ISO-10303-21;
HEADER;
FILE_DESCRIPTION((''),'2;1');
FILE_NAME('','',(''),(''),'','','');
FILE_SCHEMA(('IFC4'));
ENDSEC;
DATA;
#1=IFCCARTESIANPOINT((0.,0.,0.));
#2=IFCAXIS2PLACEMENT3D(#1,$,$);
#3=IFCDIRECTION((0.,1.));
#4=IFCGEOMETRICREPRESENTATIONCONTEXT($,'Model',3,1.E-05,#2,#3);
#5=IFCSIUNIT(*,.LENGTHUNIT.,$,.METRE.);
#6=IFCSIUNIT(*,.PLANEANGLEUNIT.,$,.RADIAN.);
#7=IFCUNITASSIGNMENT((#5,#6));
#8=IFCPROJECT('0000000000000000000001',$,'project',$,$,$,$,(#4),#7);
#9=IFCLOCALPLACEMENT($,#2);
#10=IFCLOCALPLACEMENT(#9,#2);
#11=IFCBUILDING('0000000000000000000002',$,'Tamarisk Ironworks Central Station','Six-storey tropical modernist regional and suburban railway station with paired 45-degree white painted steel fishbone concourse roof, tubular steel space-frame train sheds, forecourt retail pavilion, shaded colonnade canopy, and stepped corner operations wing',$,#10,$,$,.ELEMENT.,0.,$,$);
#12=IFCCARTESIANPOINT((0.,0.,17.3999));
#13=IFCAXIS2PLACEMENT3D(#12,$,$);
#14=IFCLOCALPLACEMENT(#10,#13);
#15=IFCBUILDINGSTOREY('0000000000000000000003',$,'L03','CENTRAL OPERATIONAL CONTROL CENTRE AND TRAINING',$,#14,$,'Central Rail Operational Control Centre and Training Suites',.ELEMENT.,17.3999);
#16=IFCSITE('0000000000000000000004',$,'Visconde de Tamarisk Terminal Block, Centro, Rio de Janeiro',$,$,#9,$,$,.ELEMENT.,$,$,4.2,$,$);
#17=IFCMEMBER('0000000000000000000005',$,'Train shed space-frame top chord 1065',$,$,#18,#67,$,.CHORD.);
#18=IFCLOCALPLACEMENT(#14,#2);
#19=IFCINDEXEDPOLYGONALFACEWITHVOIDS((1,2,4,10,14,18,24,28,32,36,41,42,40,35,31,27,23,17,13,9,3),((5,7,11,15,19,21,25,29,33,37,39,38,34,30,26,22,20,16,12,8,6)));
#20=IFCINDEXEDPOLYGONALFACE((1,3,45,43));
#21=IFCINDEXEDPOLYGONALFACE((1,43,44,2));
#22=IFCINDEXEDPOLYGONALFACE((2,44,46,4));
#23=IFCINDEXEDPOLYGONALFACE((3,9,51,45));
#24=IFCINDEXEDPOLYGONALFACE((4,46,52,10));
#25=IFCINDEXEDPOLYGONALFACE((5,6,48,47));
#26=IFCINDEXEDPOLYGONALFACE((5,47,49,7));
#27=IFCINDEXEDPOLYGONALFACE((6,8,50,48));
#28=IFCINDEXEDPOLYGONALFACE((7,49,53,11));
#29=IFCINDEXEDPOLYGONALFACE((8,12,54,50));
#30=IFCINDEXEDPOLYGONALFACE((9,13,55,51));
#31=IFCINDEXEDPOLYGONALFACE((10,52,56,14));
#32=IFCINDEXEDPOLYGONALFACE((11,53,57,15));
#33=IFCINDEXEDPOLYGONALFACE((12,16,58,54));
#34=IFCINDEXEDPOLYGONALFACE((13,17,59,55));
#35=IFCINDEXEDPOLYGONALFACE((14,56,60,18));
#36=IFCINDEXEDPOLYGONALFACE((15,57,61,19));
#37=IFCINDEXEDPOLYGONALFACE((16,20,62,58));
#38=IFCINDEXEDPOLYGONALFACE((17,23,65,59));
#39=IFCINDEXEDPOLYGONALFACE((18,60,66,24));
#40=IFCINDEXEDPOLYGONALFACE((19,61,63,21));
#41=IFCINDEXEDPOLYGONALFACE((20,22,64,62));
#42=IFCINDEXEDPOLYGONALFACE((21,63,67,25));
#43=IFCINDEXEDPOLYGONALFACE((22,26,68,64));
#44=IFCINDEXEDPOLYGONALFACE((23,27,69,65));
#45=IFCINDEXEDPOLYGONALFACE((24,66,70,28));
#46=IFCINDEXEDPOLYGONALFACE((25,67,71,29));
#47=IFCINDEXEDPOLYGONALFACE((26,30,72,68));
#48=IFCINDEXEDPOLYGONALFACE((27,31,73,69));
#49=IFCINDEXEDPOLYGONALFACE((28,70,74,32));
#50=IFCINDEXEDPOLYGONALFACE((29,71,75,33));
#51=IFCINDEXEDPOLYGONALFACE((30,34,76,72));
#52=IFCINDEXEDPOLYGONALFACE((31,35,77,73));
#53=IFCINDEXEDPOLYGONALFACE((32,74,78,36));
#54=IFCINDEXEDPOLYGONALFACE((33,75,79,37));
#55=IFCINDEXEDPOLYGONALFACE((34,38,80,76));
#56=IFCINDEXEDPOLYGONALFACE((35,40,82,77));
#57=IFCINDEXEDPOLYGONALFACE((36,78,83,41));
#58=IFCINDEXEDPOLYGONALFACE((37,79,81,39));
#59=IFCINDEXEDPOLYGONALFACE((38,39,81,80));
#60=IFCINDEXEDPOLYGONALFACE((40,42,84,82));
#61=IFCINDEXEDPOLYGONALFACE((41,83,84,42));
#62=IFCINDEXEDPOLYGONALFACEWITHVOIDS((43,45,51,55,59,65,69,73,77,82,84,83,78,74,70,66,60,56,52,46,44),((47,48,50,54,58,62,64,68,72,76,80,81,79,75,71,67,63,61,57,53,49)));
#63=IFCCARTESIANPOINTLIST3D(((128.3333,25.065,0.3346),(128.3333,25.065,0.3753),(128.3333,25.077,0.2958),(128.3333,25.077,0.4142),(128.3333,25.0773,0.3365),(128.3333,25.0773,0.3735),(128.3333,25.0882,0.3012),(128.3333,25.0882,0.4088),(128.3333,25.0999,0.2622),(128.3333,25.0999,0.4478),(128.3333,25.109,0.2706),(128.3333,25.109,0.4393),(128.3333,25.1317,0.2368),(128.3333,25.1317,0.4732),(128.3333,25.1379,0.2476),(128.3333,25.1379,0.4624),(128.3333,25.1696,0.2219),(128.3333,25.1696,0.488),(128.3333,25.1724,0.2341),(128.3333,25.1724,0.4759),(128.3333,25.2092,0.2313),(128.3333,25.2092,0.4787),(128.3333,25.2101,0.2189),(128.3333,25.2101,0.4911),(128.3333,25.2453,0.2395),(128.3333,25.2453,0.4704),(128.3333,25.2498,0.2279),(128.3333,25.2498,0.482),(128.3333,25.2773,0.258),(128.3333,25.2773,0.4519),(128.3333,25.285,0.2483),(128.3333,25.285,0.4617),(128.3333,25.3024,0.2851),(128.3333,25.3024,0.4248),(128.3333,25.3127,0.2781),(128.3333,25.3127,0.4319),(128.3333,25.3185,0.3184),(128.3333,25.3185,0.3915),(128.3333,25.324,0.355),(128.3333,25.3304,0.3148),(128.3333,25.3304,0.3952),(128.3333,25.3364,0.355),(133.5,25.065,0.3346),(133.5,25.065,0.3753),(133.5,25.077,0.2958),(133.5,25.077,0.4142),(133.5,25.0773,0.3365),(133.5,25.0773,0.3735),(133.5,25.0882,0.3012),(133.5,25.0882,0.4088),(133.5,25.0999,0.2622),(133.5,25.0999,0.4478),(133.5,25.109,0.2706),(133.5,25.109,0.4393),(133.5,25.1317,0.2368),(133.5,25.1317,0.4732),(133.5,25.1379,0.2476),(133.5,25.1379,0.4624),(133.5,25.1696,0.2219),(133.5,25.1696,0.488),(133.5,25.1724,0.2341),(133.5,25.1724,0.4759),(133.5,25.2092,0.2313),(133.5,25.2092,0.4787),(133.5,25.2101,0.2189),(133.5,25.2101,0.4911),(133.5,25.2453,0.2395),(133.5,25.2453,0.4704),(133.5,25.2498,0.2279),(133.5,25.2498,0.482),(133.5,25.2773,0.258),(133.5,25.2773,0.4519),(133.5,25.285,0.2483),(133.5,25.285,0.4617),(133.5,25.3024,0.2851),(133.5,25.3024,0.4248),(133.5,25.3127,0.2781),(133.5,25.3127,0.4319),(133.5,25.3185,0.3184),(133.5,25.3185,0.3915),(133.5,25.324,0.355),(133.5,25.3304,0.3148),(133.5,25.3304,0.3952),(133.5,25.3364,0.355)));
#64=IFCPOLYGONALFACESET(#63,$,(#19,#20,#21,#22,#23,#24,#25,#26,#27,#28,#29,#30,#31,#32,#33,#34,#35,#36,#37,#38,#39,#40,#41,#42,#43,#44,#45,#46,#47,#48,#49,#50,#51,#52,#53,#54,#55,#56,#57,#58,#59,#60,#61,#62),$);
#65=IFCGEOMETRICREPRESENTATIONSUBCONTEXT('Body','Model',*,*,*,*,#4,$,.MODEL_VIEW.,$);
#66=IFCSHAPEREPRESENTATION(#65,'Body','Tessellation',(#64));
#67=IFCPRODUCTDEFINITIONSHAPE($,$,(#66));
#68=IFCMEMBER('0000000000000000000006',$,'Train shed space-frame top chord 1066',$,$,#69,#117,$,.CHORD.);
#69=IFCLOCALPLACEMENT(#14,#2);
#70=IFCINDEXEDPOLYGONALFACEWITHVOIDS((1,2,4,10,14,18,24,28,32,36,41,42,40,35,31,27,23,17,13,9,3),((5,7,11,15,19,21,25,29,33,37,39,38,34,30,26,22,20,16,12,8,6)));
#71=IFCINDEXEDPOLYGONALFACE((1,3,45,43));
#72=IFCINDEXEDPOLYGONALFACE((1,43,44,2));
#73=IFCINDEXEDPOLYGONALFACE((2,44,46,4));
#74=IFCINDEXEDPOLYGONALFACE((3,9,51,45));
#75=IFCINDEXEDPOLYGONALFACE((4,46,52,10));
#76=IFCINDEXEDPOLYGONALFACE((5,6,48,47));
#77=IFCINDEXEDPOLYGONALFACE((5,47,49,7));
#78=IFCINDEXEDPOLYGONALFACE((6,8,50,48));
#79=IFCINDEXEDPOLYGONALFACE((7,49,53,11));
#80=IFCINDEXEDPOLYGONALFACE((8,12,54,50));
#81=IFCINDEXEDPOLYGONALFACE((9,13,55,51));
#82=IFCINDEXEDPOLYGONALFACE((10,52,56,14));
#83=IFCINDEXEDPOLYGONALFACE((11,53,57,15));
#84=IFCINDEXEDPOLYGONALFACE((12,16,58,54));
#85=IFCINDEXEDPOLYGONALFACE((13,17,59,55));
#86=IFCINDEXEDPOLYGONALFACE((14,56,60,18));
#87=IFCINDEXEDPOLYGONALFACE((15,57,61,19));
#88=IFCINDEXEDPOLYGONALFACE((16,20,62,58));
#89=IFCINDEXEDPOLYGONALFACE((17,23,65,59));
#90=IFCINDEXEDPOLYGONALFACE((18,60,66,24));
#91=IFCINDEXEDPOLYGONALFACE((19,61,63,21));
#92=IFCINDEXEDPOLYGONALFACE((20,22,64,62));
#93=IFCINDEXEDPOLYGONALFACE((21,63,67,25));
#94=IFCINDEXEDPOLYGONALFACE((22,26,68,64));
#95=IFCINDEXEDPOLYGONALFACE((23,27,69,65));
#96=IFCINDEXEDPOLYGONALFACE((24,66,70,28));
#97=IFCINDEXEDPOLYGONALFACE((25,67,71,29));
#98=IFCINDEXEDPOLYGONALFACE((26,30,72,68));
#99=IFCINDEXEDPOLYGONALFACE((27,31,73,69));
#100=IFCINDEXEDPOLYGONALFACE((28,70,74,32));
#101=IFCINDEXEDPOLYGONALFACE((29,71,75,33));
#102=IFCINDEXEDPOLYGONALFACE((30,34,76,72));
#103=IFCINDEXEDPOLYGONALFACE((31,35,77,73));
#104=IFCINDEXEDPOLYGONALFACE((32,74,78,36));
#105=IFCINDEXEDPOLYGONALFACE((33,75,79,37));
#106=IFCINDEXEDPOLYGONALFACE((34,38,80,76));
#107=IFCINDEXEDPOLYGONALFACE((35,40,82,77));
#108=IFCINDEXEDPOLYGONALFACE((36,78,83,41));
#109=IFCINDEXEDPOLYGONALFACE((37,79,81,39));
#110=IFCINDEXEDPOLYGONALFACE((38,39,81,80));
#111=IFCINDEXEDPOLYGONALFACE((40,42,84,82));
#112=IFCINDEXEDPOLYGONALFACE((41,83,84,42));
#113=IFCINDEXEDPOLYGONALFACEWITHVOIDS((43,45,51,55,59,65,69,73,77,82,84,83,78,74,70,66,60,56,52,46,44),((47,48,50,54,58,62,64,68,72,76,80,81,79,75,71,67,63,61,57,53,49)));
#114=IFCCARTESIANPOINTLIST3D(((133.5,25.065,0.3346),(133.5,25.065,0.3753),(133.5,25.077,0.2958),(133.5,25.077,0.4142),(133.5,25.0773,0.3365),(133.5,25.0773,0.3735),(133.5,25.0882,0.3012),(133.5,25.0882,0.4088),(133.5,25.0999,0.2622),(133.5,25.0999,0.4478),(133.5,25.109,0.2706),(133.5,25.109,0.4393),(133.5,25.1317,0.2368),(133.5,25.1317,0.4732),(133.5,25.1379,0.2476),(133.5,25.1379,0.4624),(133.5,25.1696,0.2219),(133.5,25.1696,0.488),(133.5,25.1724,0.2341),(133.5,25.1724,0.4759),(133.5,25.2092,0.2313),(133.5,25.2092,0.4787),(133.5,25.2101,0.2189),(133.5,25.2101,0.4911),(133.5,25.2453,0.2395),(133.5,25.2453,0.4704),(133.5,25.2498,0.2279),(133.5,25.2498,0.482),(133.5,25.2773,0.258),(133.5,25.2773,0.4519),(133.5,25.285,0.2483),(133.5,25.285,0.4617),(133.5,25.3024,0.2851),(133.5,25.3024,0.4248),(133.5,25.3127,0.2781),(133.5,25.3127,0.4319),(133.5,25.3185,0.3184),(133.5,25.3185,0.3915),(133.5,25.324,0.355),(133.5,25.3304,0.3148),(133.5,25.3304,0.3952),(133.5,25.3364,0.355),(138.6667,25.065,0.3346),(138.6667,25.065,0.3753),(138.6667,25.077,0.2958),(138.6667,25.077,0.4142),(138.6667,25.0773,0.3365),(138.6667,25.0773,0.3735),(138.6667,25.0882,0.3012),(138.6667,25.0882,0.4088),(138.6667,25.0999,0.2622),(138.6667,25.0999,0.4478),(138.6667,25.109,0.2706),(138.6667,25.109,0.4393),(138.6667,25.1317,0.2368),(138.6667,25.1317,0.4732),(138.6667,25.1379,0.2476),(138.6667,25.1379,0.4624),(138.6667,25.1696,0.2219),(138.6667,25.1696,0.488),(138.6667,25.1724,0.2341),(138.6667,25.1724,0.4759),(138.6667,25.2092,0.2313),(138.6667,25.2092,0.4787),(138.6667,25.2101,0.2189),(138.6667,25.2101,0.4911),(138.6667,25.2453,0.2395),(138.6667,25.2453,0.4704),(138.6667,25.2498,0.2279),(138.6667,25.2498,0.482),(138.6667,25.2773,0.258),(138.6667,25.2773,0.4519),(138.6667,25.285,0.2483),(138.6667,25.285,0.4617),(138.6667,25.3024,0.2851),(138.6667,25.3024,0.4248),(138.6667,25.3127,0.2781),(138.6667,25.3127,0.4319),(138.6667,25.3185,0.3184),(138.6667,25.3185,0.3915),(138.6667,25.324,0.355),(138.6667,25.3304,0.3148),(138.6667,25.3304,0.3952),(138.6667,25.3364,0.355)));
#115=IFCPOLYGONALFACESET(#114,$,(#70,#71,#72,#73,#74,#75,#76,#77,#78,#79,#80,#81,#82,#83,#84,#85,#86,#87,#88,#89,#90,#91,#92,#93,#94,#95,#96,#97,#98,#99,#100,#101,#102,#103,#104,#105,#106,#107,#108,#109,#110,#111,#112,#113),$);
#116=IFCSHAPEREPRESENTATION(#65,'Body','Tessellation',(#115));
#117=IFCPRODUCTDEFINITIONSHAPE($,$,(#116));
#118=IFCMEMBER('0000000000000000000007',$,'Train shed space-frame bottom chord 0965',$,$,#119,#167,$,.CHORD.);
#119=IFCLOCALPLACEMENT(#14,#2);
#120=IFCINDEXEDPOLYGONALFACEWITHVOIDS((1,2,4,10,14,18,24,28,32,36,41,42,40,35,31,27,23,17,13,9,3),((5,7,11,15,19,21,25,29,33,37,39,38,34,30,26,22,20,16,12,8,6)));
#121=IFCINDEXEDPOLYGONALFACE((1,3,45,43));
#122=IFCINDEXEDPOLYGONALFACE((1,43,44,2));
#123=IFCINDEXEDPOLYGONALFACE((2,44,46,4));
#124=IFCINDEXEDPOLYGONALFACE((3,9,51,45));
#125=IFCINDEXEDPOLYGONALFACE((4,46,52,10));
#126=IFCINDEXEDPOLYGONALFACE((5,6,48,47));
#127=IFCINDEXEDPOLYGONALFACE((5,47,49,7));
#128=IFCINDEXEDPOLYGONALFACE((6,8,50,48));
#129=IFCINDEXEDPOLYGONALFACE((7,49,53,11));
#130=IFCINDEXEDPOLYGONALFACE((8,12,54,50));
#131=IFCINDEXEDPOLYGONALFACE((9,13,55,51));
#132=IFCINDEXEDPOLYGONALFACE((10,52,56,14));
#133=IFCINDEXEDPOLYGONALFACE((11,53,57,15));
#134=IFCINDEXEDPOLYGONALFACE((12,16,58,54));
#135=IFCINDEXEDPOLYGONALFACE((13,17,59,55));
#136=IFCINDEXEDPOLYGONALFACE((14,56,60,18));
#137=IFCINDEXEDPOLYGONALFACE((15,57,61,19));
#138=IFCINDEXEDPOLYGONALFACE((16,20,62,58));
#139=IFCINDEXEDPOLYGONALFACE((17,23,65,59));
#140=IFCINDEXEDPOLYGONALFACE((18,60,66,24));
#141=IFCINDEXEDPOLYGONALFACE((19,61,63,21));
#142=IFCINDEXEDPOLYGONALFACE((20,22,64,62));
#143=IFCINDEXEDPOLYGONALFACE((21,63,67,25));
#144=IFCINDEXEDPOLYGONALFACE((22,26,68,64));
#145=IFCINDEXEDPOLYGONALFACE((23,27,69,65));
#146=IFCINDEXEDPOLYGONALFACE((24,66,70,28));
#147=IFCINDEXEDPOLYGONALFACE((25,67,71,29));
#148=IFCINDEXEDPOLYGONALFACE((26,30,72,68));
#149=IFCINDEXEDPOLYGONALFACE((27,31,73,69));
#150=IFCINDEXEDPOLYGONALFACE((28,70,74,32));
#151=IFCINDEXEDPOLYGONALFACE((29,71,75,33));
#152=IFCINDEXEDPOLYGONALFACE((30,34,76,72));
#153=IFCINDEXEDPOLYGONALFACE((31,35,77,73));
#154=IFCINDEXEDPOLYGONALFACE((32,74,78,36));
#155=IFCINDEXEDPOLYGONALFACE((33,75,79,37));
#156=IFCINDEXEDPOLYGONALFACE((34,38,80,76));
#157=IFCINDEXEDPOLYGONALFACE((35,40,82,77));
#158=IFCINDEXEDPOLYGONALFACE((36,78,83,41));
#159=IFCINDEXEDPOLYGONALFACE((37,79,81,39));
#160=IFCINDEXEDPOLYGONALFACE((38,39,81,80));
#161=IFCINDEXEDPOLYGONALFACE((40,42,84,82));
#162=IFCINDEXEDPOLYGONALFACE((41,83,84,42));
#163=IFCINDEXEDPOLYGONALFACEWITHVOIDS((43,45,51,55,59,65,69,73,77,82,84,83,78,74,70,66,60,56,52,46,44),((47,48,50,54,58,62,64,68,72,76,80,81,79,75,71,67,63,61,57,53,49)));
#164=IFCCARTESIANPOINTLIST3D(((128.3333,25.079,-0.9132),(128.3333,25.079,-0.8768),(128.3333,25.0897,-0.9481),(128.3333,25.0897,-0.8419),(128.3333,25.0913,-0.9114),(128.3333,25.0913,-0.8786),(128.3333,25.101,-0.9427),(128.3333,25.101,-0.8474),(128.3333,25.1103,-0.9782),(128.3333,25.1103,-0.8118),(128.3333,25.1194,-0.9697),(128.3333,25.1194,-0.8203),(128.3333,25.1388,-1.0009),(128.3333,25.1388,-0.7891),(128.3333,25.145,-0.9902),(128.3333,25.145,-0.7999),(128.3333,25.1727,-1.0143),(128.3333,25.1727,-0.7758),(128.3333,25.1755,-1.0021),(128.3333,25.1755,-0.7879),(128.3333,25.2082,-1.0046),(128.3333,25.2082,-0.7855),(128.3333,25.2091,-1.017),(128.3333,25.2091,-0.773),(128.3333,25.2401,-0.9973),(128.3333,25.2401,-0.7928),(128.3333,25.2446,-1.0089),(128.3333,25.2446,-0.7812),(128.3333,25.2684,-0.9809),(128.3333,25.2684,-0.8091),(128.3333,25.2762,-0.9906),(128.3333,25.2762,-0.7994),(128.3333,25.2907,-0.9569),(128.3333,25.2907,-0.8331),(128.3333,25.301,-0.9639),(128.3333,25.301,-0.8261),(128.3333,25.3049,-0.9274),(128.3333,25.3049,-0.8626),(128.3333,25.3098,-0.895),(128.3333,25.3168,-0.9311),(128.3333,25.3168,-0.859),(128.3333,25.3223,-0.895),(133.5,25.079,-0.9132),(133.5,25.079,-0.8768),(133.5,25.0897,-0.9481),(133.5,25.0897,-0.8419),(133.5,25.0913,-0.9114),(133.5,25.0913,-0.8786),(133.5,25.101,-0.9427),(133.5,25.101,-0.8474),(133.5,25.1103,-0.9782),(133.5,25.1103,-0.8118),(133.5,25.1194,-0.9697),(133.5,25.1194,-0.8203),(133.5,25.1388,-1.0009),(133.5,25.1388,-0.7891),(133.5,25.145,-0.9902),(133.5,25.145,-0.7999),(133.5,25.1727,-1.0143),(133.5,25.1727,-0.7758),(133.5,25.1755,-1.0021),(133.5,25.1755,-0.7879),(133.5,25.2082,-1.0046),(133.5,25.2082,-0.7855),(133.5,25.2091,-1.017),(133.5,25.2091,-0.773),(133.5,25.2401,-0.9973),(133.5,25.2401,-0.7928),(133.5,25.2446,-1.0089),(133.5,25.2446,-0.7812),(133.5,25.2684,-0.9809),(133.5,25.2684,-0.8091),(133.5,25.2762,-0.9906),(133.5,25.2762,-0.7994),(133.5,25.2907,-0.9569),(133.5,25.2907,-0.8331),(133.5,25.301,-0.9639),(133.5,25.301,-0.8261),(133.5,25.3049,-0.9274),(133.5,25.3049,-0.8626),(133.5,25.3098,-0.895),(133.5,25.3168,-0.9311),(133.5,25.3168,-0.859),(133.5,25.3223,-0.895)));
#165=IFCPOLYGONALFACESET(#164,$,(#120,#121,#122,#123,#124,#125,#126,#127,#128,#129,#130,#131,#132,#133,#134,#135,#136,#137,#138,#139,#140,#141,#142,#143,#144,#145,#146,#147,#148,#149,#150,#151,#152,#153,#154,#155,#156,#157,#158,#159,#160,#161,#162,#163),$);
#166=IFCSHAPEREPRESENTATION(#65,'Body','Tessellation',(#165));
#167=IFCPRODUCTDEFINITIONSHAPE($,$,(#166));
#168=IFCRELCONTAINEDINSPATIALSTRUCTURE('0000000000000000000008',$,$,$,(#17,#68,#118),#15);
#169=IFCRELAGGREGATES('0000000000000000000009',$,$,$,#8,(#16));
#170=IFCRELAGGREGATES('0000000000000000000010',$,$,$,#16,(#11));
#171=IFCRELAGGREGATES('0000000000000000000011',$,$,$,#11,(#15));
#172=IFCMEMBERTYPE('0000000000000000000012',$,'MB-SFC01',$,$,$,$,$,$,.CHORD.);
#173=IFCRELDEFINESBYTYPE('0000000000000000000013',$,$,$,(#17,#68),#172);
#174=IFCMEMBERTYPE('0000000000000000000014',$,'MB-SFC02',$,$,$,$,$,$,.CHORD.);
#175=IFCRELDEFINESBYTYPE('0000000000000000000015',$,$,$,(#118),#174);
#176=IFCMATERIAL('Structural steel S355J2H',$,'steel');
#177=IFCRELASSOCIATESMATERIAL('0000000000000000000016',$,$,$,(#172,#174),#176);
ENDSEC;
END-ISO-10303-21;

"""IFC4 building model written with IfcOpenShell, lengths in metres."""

from ifc_helpers import new_model, si_unit, direction, frame, origin, origin_2d, place, context, subcontext, project, spatial, hollow_circle, extrude, material, material_profile, profile_set, type_object, element, save


model = new_model("IFC4")

# Units and contexts
model_context = context("Model", 3, precision=1e-05, world=origin(), true_north=direction((0.0, 1.0)))
body_context = subcontext(model_context, "Body", "Model", "MODEL_VIEW")
ifc_project = project(units=[si_unit("LENGTHUNIT", "METRE"), si_unit("PLANEANGLEUNIT", "RADIAN")], contexts=[model_context])

# Site, building, storey
site_placement = place(None, origin())
site = spatial("IfcSite", under=ifc_project, at=site_placement, Name="Visconde de Tamarisk Terminal Block, Centro, Rio de Janeiro", CompositionType="ELEMENT", RefElevation=4.2)
building_placement = place(site_placement, origin())
building = spatial("IfcBuilding", under=site, at=building_placement, Name="Tamarisk Ironworks Central Station", Description="Six-storey tropical modernist regional and suburban railway station with paired 45-degree white painted steel fishbone concourse roof, tubular steel space-frame train sheds, forecourt retail pavilion, shaded colonnade canopy, and stepped corner operations wing", CompositionType="ELEMENT", ElevationOfRefHeight=0.0)
storey_placement = place(building_placement, frame((0.0, 0.0, 17.3999)))
storey = spatial("IfcBuildingStorey", under=building, at=storey_placement, Name="L03", Description="CENTRAL OPERATIONAL CONTROL CENTRE AND TRAINING", LongName="Central Rail Operational Control Centre and Training Suites", CompositionType="ELEMENT", Elevation=17.3999)

# Members
ifc_material_1 = material(Name="Structural steel S355J2H", Category="steel")
ifc_material_profile_1 = material_profile(ifc_material_1, hollow_circle(Radius=0.1365, WallThickness=0.0125, at=origin_2d()), Name="CHS 273x12.5")
ifc_profile_set_1 = profile_set([ifc_material_profile_1], Name="Structural steel S355J2H")
member_type_1 = type_object("IfcMemberType", Name="MB-SFC01", PredefinedType="CHORD", material=ifc_profile_set_1)
for number, where, z_axis, x_axis, name in (
    (1, (128.3333, 25.2, 0.355), (1.0, 0.0, 0.0), (0.0, 1.0, 0.0), "Train shed space-frame top chord 1065"),
    (2, (133.5, 25.2, 0.355), (1.0, 0.0, 0.0), (0.0, 1.0, 0.0), "Train shed space-frame top chord 1066"),
):
    element("IfcMember", number, at=place(storey_placement, frame(where, z_axis=z_axis, x_axis=x_axis)), inside=storey, type_object=member_type_1, Name=name, PredefinedType="CHORD", context=body_context, shape_type="SweptSolid", body=[
        extrude(hollow_circle(Radius=0.1365, WallThickness=0.0125, at=origin_2d()), origin(), (0.0, 0.0, 1.0), 5.1667),
    ])
ifc_material_profile_2 = material_profile(ifc_material_1, hollow_circle(Radius=0.1223, WallThickness=0.0125, at=origin_2d()), Name="CHS 244.5x12.5")
ifc_profile_set_2 = profile_set([ifc_material_profile_2], Name="Structural steel S355J2H")
member_type_2 = type_object("IfcMemberType", Name="MB-SFC02", PredefinedType="CHORD", material=ifc_profile_set_2)
for number, where, z_axis, x_axis, name in (
    (3, (128.3333, 25.2, -0.895), (1.0, 0.0, 0.0), (0.0, 1.0, 0.0), "Train shed space-frame bottom chord 0965"),
):
    element("IfcMember", number, at=place(storey_placement, frame(where, z_axis=z_axis, x_axis=x_axis)), inside=storey, type_object=member_type_2, Name=name, PredefinedType="CHORD", context=body_context, shape_type="SweptSolid", body=[
        extrude(hollow_circle(Radius=0.1223, WallThickness=0.0125, at=origin_2d()), origin(), (0.0, 0.0, 1.0), 5.1667),
    ])

save(model, "model.ifc")
